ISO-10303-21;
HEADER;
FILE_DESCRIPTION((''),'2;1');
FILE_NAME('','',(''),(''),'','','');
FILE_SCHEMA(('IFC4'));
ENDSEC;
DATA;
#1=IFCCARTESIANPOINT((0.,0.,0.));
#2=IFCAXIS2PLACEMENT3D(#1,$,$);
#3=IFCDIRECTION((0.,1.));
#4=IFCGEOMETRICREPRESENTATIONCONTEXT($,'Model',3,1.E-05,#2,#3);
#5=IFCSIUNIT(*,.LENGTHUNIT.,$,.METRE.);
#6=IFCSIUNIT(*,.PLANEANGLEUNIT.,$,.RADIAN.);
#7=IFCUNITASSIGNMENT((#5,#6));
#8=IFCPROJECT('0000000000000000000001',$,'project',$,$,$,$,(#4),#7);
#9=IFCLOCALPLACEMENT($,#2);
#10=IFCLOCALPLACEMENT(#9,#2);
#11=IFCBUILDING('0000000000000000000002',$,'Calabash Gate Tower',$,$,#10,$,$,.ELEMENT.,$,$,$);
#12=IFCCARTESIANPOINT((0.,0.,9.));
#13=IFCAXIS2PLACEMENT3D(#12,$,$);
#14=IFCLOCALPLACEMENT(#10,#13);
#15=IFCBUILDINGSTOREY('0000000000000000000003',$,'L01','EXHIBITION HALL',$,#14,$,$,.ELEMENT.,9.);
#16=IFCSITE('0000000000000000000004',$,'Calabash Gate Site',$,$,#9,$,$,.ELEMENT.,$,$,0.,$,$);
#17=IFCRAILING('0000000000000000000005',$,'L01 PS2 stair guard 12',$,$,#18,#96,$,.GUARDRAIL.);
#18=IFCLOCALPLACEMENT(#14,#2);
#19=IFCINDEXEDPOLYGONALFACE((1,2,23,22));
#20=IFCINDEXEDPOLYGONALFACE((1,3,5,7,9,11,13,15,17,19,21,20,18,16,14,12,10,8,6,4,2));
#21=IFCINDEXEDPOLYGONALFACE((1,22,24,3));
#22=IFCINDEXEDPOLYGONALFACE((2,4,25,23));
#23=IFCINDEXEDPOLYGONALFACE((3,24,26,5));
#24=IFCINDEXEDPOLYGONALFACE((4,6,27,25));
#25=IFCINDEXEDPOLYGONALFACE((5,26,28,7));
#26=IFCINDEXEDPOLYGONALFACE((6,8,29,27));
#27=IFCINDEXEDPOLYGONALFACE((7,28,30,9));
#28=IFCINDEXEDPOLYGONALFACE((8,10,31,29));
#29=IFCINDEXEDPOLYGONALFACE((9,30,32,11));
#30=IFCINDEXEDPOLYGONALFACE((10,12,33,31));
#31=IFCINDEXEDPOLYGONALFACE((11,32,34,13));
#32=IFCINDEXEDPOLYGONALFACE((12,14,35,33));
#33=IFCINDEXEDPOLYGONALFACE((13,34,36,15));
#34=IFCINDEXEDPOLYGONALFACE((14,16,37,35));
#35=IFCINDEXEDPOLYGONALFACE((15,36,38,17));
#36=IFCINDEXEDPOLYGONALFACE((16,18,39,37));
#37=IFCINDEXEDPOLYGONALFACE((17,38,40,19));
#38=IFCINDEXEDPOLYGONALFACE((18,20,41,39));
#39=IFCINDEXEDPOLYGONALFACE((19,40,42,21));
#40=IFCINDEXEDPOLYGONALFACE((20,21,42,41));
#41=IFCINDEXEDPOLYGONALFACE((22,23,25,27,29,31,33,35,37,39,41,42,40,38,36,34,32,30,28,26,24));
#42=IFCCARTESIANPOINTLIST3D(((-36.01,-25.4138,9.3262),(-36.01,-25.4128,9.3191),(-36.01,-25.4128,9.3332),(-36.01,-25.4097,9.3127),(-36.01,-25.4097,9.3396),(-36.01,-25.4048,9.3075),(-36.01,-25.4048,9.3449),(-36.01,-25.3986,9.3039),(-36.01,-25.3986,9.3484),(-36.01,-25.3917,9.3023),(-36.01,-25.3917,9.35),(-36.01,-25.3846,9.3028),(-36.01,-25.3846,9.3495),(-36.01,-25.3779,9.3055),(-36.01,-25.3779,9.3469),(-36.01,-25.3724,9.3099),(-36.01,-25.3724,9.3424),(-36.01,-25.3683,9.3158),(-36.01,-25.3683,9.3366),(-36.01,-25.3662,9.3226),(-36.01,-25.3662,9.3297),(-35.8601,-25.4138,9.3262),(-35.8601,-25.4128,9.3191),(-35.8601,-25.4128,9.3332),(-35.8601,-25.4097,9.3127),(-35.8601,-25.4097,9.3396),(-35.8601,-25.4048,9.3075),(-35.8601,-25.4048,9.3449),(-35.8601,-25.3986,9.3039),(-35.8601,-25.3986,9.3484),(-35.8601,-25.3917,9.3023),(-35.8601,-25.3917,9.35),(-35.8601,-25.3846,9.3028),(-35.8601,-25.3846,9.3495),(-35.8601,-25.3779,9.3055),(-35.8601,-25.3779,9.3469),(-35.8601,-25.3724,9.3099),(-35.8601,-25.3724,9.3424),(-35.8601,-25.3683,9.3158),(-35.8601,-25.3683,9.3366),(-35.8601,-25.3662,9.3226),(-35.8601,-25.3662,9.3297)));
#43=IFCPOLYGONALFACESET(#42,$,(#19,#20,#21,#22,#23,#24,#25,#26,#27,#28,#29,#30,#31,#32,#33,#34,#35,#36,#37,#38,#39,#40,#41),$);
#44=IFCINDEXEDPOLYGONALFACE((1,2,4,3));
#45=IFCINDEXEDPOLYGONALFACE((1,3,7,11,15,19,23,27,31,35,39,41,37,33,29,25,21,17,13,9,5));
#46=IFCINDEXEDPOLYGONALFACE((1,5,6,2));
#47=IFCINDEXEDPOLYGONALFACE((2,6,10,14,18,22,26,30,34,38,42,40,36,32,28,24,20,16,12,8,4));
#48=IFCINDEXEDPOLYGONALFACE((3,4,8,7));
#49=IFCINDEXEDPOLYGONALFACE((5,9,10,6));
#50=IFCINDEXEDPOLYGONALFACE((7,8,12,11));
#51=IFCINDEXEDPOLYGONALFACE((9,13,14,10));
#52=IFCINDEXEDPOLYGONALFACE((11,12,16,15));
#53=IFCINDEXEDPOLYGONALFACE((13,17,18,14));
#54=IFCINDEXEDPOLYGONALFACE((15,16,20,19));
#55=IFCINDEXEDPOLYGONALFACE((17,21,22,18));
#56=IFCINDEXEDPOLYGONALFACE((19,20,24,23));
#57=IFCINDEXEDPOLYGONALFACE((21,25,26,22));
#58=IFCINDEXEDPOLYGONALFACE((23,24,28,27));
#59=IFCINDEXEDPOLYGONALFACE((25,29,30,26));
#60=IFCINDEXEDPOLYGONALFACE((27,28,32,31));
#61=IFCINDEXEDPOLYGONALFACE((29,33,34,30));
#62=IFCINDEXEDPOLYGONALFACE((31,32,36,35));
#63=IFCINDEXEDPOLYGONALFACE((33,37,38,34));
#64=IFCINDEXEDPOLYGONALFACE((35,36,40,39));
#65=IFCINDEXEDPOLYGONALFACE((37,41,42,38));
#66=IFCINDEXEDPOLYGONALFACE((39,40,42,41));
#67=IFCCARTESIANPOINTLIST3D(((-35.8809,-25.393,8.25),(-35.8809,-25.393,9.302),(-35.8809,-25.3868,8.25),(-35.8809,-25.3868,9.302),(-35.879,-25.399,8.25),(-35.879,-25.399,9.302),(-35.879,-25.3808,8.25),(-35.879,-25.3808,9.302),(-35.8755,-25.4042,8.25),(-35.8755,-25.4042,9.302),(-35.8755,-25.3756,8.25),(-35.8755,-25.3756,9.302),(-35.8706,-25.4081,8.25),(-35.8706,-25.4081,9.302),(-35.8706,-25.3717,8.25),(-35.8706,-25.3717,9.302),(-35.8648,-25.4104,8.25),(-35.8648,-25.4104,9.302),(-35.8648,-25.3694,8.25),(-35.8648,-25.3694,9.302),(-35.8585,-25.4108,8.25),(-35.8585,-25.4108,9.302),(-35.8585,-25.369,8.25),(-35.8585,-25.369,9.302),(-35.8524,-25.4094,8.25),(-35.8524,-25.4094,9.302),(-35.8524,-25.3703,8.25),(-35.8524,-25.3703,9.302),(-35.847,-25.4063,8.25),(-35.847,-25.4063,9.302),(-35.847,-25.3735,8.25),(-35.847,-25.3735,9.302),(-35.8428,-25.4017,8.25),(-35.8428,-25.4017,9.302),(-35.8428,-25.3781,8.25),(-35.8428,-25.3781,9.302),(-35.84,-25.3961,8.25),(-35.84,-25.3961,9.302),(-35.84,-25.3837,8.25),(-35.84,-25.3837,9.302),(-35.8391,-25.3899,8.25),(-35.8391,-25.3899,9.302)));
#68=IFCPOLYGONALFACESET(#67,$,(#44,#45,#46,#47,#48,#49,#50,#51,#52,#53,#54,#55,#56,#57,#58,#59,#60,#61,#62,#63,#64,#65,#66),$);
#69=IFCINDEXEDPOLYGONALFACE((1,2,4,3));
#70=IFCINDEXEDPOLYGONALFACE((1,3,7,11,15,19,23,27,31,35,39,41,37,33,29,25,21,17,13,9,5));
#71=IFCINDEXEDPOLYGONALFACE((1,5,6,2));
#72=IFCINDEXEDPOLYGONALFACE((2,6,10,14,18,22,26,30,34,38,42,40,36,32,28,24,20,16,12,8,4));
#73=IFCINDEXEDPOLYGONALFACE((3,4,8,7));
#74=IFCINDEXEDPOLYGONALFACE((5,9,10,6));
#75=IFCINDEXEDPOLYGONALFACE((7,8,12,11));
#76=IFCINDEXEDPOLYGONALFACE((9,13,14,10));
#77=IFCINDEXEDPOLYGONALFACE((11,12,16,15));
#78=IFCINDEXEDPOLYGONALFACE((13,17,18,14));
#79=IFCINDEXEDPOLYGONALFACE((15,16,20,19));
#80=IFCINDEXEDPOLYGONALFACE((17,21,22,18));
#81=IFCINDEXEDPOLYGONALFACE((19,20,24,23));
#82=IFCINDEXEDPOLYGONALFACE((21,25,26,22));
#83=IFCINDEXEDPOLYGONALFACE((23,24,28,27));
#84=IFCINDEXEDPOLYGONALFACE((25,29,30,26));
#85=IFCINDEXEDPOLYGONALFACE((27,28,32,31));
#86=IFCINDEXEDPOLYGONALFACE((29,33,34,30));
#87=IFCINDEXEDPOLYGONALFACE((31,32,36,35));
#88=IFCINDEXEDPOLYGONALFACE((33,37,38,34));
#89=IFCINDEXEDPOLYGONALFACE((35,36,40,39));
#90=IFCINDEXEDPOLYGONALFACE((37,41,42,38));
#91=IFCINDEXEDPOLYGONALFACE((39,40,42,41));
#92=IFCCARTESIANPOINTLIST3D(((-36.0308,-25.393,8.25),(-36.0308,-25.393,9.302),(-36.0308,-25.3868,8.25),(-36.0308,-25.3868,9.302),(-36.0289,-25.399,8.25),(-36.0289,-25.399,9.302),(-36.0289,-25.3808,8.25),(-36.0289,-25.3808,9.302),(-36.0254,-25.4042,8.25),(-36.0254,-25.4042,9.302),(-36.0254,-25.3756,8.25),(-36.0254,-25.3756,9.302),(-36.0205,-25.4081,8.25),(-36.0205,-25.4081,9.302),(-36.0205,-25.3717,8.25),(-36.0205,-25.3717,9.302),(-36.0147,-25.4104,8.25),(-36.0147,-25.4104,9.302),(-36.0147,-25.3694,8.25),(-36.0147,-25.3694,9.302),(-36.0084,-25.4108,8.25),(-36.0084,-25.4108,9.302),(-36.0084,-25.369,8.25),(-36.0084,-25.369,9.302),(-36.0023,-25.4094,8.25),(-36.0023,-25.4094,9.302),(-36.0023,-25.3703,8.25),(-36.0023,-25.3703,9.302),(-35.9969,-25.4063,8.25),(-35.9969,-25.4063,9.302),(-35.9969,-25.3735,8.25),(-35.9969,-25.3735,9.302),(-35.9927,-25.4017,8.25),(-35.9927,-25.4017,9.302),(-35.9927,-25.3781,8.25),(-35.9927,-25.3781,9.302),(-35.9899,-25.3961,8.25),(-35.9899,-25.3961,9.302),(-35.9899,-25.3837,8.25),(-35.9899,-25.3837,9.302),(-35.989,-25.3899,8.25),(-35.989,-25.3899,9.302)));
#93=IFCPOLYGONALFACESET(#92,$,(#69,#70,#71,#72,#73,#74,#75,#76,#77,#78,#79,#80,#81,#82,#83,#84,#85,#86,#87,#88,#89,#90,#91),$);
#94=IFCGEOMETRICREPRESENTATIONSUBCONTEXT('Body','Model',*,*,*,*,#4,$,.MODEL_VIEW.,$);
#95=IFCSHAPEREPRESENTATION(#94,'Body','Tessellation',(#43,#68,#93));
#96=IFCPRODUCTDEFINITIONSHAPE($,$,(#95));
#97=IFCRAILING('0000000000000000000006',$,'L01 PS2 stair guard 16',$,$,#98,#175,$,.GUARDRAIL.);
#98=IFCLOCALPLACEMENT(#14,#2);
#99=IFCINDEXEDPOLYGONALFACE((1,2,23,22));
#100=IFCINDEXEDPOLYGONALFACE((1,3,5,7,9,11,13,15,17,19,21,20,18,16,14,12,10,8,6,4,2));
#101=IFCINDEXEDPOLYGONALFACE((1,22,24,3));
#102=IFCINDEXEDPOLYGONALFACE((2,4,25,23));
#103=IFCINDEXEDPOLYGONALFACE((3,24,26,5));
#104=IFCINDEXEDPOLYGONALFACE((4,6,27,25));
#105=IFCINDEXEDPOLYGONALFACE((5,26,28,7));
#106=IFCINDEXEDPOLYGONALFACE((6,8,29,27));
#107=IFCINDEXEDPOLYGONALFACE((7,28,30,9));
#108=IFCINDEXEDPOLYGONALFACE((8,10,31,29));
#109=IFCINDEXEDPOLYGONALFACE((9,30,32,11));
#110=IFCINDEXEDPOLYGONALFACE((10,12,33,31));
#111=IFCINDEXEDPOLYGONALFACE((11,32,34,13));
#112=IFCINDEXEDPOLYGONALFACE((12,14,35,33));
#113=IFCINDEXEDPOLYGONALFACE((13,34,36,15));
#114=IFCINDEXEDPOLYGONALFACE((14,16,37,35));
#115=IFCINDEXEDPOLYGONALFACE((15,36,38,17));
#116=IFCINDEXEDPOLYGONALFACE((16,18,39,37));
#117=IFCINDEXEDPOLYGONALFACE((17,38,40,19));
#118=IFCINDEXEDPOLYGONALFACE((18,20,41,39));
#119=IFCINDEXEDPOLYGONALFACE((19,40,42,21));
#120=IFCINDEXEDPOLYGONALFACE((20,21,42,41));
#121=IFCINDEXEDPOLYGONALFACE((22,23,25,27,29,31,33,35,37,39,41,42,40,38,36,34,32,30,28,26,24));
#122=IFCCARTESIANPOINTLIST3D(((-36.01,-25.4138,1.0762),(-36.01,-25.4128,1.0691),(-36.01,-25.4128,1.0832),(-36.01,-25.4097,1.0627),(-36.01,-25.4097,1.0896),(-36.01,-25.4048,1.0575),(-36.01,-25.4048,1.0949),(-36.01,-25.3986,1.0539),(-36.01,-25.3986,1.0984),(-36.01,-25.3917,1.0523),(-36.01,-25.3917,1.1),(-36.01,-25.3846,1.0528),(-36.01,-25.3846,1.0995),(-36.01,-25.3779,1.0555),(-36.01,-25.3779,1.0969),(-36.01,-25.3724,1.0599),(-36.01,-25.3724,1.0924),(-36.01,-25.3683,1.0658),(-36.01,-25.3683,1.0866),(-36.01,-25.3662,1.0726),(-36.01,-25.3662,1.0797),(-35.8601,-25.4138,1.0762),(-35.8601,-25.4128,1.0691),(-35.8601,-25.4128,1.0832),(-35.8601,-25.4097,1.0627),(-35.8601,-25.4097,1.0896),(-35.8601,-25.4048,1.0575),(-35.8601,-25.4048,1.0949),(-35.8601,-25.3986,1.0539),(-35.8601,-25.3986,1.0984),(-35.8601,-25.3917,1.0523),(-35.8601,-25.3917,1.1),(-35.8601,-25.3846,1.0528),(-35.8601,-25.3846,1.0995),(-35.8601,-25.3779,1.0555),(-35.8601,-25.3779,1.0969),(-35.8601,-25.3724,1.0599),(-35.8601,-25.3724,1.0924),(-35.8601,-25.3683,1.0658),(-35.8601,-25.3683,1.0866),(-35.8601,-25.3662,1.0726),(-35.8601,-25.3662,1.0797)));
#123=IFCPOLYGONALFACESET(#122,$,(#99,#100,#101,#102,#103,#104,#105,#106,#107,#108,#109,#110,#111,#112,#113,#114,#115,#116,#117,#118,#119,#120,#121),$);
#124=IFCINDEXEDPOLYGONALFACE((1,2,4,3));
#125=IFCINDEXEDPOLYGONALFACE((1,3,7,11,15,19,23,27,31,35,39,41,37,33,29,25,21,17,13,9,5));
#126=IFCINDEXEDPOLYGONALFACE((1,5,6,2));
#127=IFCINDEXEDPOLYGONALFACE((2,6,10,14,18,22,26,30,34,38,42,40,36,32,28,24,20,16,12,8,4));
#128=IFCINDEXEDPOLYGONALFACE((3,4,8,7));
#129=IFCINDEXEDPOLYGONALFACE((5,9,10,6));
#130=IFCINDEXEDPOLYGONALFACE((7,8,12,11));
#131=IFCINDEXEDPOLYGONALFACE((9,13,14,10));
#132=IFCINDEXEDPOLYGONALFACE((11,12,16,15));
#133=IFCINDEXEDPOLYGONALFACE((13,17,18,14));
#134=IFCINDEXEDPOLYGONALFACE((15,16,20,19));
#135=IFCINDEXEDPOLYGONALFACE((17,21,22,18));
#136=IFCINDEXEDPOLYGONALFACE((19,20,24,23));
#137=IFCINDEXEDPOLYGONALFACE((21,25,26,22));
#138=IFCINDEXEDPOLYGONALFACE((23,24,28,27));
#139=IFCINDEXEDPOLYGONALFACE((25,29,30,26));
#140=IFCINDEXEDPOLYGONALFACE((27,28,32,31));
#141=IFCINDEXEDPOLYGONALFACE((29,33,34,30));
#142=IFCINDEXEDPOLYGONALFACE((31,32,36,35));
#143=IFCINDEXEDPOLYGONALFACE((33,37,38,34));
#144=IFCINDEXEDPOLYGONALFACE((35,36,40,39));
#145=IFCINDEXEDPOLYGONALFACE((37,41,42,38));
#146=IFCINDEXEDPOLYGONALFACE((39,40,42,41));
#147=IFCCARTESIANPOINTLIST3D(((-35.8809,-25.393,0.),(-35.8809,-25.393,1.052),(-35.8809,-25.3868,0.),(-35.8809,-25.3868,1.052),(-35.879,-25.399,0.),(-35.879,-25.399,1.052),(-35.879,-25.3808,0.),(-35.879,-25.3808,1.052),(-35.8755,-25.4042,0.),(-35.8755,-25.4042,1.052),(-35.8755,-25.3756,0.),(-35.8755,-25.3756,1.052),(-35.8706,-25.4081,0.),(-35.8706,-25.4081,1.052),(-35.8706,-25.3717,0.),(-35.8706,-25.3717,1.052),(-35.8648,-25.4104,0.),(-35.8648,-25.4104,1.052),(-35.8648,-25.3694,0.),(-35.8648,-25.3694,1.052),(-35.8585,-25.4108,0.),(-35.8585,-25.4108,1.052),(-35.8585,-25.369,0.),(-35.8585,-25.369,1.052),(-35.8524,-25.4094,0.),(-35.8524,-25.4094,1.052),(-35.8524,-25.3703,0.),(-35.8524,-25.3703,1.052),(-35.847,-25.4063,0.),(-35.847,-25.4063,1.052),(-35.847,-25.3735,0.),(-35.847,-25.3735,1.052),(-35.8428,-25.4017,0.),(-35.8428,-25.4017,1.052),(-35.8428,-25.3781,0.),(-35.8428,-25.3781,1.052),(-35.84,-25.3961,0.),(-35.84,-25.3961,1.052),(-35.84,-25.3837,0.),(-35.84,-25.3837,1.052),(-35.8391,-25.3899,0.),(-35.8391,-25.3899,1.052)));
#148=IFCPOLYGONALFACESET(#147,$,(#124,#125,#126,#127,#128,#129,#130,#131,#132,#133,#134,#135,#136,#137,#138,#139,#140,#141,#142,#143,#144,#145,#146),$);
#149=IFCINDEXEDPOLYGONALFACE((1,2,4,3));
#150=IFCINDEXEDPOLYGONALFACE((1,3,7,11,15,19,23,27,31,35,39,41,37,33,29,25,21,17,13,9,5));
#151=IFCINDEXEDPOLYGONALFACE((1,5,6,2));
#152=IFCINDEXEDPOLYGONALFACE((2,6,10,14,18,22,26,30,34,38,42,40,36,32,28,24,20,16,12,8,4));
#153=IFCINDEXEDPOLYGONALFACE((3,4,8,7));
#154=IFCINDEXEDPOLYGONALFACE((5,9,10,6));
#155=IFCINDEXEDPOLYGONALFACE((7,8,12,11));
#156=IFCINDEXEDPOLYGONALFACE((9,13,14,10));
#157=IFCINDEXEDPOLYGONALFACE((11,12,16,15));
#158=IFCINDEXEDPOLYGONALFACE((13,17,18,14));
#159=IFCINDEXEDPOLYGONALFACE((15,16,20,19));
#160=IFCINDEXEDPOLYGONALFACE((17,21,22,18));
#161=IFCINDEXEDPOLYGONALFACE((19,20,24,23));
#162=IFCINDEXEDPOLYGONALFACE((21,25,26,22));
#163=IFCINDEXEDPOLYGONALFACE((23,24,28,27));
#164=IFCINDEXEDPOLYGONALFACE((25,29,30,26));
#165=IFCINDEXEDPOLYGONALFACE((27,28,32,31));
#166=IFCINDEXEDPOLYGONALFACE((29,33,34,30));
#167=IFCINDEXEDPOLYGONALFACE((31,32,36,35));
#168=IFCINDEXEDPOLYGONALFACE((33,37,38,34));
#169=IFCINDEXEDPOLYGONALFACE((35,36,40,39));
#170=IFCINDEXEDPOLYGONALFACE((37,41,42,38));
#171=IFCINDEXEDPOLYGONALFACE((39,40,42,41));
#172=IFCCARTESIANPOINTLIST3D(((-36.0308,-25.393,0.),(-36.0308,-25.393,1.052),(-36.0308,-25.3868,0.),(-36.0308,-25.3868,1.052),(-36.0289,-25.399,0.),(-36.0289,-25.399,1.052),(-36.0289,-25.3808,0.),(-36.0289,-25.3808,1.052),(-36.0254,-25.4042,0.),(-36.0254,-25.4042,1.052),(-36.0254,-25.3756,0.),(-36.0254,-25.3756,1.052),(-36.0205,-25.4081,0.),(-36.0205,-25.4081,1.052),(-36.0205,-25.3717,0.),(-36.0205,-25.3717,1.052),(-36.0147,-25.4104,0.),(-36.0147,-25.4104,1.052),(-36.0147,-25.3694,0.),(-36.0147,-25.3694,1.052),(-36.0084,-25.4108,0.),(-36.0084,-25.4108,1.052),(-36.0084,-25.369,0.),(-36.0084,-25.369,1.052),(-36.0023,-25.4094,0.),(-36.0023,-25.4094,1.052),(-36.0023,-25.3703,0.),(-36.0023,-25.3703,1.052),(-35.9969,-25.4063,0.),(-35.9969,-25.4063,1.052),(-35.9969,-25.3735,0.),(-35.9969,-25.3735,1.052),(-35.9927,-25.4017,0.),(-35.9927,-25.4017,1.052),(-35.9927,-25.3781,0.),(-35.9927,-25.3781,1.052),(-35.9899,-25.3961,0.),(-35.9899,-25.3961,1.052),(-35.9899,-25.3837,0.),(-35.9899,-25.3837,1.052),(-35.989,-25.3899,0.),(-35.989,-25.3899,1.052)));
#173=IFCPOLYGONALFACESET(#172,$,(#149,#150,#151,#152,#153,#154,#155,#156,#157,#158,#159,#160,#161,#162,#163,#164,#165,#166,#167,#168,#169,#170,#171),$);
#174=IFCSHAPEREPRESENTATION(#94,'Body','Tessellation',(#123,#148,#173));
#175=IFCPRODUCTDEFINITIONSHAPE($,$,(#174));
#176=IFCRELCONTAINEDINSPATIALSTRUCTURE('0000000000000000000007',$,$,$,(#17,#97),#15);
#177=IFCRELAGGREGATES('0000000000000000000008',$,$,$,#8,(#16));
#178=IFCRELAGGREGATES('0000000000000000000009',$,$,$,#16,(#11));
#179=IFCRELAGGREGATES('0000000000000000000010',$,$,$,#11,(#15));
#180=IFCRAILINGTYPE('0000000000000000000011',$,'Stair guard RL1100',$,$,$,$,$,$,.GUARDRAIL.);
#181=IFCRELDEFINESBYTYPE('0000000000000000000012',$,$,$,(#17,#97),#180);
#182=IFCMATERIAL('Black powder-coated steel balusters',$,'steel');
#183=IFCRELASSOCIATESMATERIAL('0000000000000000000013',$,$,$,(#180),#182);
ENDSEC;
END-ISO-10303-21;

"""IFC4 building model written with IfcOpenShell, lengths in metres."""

from ifc_helpers import new_model, si_unit, direction, frame, origin, origin_2d, place, context, subcontext, project, spatial, circle, extrude, material, type_object, element, save


model = new_model("IFC4")

# Units and contexts
model_context = context("Model", 3, precision=1e-05, world=origin(), true_north=direction((0.0, 1.0)))
body_context = subcontext(model_context, "Body", "Model", "MODEL_VIEW")
ifc_project = project(units=[si_unit("LENGTHUNIT", "METRE"), si_unit("PLANEANGLEUNIT", "RADIAN")], contexts=[model_context])

# Site, building, storey
site_placement = place(None, origin())
site = spatial("IfcSite", under=ifc_project, at=site_placement, Name="Calabash Gate Site", CompositionType="ELEMENT", RefElevation=0.0)
building_placement = place(site_placement, origin())
building = spatial("IfcBuilding", under=site, at=building_placement, Name="Calabash Gate Tower", CompositionType="ELEMENT")
storey_placement = place(building_placement, frame((0.0, 0.0, 9.0)))
storey = spatial("IfcBuildingStorey", under=building, at=storey_placement, Name="L01", Description="EXHIBITION HALL", CompositionType="ELEMENT", Elevation=9.0)

# Railings
ifc_material_1 = material(Name="Black powder-coated steel balusters", Category="steel")
railing_type_1 = type_object("IfcRailingType", Name="Stair guard RL1100", PredefinedType="GUARDRAIL", material=ifc_material_1)
for number, where, name in (
    (1, (-35.8601, -25.3899, 8.25), "L01 PS2 stair guard 12"),
    (2, (-35.8601, -25.3899, 0.0), "L01 PS2 stair guard 16"),
):
    element("IfcRailing", number, at=place(storey_placement, frame(where)), inside=storey, type_object=railing_type_1, Name=name, PredefinedType="GUARDRAIL", context=body_context, shape_type="SweptSolid", body=[
        extrude(circle(Radius=0.0239, at=origin_2d()), frame((0.0, 0.0, 1.0762), z_axis=(-1.0, 0.0, 0.0), x_axis=(0.0, -1.0, 0.0)), (0.0, 0.0, 1.0), 0.1499),
        extrude(circle(Radius=0.021, at=origin_2d()), origin(), (0.0, 0.0, 1.0), 1.052),
        extrude(circle(Radius=0.021, at=origin_2d()), frame((-0.1499, 0.0, 0.0)), (0.0, 0.0, 1.0), 1.052),
    ])

save(model, "model.ifc")
